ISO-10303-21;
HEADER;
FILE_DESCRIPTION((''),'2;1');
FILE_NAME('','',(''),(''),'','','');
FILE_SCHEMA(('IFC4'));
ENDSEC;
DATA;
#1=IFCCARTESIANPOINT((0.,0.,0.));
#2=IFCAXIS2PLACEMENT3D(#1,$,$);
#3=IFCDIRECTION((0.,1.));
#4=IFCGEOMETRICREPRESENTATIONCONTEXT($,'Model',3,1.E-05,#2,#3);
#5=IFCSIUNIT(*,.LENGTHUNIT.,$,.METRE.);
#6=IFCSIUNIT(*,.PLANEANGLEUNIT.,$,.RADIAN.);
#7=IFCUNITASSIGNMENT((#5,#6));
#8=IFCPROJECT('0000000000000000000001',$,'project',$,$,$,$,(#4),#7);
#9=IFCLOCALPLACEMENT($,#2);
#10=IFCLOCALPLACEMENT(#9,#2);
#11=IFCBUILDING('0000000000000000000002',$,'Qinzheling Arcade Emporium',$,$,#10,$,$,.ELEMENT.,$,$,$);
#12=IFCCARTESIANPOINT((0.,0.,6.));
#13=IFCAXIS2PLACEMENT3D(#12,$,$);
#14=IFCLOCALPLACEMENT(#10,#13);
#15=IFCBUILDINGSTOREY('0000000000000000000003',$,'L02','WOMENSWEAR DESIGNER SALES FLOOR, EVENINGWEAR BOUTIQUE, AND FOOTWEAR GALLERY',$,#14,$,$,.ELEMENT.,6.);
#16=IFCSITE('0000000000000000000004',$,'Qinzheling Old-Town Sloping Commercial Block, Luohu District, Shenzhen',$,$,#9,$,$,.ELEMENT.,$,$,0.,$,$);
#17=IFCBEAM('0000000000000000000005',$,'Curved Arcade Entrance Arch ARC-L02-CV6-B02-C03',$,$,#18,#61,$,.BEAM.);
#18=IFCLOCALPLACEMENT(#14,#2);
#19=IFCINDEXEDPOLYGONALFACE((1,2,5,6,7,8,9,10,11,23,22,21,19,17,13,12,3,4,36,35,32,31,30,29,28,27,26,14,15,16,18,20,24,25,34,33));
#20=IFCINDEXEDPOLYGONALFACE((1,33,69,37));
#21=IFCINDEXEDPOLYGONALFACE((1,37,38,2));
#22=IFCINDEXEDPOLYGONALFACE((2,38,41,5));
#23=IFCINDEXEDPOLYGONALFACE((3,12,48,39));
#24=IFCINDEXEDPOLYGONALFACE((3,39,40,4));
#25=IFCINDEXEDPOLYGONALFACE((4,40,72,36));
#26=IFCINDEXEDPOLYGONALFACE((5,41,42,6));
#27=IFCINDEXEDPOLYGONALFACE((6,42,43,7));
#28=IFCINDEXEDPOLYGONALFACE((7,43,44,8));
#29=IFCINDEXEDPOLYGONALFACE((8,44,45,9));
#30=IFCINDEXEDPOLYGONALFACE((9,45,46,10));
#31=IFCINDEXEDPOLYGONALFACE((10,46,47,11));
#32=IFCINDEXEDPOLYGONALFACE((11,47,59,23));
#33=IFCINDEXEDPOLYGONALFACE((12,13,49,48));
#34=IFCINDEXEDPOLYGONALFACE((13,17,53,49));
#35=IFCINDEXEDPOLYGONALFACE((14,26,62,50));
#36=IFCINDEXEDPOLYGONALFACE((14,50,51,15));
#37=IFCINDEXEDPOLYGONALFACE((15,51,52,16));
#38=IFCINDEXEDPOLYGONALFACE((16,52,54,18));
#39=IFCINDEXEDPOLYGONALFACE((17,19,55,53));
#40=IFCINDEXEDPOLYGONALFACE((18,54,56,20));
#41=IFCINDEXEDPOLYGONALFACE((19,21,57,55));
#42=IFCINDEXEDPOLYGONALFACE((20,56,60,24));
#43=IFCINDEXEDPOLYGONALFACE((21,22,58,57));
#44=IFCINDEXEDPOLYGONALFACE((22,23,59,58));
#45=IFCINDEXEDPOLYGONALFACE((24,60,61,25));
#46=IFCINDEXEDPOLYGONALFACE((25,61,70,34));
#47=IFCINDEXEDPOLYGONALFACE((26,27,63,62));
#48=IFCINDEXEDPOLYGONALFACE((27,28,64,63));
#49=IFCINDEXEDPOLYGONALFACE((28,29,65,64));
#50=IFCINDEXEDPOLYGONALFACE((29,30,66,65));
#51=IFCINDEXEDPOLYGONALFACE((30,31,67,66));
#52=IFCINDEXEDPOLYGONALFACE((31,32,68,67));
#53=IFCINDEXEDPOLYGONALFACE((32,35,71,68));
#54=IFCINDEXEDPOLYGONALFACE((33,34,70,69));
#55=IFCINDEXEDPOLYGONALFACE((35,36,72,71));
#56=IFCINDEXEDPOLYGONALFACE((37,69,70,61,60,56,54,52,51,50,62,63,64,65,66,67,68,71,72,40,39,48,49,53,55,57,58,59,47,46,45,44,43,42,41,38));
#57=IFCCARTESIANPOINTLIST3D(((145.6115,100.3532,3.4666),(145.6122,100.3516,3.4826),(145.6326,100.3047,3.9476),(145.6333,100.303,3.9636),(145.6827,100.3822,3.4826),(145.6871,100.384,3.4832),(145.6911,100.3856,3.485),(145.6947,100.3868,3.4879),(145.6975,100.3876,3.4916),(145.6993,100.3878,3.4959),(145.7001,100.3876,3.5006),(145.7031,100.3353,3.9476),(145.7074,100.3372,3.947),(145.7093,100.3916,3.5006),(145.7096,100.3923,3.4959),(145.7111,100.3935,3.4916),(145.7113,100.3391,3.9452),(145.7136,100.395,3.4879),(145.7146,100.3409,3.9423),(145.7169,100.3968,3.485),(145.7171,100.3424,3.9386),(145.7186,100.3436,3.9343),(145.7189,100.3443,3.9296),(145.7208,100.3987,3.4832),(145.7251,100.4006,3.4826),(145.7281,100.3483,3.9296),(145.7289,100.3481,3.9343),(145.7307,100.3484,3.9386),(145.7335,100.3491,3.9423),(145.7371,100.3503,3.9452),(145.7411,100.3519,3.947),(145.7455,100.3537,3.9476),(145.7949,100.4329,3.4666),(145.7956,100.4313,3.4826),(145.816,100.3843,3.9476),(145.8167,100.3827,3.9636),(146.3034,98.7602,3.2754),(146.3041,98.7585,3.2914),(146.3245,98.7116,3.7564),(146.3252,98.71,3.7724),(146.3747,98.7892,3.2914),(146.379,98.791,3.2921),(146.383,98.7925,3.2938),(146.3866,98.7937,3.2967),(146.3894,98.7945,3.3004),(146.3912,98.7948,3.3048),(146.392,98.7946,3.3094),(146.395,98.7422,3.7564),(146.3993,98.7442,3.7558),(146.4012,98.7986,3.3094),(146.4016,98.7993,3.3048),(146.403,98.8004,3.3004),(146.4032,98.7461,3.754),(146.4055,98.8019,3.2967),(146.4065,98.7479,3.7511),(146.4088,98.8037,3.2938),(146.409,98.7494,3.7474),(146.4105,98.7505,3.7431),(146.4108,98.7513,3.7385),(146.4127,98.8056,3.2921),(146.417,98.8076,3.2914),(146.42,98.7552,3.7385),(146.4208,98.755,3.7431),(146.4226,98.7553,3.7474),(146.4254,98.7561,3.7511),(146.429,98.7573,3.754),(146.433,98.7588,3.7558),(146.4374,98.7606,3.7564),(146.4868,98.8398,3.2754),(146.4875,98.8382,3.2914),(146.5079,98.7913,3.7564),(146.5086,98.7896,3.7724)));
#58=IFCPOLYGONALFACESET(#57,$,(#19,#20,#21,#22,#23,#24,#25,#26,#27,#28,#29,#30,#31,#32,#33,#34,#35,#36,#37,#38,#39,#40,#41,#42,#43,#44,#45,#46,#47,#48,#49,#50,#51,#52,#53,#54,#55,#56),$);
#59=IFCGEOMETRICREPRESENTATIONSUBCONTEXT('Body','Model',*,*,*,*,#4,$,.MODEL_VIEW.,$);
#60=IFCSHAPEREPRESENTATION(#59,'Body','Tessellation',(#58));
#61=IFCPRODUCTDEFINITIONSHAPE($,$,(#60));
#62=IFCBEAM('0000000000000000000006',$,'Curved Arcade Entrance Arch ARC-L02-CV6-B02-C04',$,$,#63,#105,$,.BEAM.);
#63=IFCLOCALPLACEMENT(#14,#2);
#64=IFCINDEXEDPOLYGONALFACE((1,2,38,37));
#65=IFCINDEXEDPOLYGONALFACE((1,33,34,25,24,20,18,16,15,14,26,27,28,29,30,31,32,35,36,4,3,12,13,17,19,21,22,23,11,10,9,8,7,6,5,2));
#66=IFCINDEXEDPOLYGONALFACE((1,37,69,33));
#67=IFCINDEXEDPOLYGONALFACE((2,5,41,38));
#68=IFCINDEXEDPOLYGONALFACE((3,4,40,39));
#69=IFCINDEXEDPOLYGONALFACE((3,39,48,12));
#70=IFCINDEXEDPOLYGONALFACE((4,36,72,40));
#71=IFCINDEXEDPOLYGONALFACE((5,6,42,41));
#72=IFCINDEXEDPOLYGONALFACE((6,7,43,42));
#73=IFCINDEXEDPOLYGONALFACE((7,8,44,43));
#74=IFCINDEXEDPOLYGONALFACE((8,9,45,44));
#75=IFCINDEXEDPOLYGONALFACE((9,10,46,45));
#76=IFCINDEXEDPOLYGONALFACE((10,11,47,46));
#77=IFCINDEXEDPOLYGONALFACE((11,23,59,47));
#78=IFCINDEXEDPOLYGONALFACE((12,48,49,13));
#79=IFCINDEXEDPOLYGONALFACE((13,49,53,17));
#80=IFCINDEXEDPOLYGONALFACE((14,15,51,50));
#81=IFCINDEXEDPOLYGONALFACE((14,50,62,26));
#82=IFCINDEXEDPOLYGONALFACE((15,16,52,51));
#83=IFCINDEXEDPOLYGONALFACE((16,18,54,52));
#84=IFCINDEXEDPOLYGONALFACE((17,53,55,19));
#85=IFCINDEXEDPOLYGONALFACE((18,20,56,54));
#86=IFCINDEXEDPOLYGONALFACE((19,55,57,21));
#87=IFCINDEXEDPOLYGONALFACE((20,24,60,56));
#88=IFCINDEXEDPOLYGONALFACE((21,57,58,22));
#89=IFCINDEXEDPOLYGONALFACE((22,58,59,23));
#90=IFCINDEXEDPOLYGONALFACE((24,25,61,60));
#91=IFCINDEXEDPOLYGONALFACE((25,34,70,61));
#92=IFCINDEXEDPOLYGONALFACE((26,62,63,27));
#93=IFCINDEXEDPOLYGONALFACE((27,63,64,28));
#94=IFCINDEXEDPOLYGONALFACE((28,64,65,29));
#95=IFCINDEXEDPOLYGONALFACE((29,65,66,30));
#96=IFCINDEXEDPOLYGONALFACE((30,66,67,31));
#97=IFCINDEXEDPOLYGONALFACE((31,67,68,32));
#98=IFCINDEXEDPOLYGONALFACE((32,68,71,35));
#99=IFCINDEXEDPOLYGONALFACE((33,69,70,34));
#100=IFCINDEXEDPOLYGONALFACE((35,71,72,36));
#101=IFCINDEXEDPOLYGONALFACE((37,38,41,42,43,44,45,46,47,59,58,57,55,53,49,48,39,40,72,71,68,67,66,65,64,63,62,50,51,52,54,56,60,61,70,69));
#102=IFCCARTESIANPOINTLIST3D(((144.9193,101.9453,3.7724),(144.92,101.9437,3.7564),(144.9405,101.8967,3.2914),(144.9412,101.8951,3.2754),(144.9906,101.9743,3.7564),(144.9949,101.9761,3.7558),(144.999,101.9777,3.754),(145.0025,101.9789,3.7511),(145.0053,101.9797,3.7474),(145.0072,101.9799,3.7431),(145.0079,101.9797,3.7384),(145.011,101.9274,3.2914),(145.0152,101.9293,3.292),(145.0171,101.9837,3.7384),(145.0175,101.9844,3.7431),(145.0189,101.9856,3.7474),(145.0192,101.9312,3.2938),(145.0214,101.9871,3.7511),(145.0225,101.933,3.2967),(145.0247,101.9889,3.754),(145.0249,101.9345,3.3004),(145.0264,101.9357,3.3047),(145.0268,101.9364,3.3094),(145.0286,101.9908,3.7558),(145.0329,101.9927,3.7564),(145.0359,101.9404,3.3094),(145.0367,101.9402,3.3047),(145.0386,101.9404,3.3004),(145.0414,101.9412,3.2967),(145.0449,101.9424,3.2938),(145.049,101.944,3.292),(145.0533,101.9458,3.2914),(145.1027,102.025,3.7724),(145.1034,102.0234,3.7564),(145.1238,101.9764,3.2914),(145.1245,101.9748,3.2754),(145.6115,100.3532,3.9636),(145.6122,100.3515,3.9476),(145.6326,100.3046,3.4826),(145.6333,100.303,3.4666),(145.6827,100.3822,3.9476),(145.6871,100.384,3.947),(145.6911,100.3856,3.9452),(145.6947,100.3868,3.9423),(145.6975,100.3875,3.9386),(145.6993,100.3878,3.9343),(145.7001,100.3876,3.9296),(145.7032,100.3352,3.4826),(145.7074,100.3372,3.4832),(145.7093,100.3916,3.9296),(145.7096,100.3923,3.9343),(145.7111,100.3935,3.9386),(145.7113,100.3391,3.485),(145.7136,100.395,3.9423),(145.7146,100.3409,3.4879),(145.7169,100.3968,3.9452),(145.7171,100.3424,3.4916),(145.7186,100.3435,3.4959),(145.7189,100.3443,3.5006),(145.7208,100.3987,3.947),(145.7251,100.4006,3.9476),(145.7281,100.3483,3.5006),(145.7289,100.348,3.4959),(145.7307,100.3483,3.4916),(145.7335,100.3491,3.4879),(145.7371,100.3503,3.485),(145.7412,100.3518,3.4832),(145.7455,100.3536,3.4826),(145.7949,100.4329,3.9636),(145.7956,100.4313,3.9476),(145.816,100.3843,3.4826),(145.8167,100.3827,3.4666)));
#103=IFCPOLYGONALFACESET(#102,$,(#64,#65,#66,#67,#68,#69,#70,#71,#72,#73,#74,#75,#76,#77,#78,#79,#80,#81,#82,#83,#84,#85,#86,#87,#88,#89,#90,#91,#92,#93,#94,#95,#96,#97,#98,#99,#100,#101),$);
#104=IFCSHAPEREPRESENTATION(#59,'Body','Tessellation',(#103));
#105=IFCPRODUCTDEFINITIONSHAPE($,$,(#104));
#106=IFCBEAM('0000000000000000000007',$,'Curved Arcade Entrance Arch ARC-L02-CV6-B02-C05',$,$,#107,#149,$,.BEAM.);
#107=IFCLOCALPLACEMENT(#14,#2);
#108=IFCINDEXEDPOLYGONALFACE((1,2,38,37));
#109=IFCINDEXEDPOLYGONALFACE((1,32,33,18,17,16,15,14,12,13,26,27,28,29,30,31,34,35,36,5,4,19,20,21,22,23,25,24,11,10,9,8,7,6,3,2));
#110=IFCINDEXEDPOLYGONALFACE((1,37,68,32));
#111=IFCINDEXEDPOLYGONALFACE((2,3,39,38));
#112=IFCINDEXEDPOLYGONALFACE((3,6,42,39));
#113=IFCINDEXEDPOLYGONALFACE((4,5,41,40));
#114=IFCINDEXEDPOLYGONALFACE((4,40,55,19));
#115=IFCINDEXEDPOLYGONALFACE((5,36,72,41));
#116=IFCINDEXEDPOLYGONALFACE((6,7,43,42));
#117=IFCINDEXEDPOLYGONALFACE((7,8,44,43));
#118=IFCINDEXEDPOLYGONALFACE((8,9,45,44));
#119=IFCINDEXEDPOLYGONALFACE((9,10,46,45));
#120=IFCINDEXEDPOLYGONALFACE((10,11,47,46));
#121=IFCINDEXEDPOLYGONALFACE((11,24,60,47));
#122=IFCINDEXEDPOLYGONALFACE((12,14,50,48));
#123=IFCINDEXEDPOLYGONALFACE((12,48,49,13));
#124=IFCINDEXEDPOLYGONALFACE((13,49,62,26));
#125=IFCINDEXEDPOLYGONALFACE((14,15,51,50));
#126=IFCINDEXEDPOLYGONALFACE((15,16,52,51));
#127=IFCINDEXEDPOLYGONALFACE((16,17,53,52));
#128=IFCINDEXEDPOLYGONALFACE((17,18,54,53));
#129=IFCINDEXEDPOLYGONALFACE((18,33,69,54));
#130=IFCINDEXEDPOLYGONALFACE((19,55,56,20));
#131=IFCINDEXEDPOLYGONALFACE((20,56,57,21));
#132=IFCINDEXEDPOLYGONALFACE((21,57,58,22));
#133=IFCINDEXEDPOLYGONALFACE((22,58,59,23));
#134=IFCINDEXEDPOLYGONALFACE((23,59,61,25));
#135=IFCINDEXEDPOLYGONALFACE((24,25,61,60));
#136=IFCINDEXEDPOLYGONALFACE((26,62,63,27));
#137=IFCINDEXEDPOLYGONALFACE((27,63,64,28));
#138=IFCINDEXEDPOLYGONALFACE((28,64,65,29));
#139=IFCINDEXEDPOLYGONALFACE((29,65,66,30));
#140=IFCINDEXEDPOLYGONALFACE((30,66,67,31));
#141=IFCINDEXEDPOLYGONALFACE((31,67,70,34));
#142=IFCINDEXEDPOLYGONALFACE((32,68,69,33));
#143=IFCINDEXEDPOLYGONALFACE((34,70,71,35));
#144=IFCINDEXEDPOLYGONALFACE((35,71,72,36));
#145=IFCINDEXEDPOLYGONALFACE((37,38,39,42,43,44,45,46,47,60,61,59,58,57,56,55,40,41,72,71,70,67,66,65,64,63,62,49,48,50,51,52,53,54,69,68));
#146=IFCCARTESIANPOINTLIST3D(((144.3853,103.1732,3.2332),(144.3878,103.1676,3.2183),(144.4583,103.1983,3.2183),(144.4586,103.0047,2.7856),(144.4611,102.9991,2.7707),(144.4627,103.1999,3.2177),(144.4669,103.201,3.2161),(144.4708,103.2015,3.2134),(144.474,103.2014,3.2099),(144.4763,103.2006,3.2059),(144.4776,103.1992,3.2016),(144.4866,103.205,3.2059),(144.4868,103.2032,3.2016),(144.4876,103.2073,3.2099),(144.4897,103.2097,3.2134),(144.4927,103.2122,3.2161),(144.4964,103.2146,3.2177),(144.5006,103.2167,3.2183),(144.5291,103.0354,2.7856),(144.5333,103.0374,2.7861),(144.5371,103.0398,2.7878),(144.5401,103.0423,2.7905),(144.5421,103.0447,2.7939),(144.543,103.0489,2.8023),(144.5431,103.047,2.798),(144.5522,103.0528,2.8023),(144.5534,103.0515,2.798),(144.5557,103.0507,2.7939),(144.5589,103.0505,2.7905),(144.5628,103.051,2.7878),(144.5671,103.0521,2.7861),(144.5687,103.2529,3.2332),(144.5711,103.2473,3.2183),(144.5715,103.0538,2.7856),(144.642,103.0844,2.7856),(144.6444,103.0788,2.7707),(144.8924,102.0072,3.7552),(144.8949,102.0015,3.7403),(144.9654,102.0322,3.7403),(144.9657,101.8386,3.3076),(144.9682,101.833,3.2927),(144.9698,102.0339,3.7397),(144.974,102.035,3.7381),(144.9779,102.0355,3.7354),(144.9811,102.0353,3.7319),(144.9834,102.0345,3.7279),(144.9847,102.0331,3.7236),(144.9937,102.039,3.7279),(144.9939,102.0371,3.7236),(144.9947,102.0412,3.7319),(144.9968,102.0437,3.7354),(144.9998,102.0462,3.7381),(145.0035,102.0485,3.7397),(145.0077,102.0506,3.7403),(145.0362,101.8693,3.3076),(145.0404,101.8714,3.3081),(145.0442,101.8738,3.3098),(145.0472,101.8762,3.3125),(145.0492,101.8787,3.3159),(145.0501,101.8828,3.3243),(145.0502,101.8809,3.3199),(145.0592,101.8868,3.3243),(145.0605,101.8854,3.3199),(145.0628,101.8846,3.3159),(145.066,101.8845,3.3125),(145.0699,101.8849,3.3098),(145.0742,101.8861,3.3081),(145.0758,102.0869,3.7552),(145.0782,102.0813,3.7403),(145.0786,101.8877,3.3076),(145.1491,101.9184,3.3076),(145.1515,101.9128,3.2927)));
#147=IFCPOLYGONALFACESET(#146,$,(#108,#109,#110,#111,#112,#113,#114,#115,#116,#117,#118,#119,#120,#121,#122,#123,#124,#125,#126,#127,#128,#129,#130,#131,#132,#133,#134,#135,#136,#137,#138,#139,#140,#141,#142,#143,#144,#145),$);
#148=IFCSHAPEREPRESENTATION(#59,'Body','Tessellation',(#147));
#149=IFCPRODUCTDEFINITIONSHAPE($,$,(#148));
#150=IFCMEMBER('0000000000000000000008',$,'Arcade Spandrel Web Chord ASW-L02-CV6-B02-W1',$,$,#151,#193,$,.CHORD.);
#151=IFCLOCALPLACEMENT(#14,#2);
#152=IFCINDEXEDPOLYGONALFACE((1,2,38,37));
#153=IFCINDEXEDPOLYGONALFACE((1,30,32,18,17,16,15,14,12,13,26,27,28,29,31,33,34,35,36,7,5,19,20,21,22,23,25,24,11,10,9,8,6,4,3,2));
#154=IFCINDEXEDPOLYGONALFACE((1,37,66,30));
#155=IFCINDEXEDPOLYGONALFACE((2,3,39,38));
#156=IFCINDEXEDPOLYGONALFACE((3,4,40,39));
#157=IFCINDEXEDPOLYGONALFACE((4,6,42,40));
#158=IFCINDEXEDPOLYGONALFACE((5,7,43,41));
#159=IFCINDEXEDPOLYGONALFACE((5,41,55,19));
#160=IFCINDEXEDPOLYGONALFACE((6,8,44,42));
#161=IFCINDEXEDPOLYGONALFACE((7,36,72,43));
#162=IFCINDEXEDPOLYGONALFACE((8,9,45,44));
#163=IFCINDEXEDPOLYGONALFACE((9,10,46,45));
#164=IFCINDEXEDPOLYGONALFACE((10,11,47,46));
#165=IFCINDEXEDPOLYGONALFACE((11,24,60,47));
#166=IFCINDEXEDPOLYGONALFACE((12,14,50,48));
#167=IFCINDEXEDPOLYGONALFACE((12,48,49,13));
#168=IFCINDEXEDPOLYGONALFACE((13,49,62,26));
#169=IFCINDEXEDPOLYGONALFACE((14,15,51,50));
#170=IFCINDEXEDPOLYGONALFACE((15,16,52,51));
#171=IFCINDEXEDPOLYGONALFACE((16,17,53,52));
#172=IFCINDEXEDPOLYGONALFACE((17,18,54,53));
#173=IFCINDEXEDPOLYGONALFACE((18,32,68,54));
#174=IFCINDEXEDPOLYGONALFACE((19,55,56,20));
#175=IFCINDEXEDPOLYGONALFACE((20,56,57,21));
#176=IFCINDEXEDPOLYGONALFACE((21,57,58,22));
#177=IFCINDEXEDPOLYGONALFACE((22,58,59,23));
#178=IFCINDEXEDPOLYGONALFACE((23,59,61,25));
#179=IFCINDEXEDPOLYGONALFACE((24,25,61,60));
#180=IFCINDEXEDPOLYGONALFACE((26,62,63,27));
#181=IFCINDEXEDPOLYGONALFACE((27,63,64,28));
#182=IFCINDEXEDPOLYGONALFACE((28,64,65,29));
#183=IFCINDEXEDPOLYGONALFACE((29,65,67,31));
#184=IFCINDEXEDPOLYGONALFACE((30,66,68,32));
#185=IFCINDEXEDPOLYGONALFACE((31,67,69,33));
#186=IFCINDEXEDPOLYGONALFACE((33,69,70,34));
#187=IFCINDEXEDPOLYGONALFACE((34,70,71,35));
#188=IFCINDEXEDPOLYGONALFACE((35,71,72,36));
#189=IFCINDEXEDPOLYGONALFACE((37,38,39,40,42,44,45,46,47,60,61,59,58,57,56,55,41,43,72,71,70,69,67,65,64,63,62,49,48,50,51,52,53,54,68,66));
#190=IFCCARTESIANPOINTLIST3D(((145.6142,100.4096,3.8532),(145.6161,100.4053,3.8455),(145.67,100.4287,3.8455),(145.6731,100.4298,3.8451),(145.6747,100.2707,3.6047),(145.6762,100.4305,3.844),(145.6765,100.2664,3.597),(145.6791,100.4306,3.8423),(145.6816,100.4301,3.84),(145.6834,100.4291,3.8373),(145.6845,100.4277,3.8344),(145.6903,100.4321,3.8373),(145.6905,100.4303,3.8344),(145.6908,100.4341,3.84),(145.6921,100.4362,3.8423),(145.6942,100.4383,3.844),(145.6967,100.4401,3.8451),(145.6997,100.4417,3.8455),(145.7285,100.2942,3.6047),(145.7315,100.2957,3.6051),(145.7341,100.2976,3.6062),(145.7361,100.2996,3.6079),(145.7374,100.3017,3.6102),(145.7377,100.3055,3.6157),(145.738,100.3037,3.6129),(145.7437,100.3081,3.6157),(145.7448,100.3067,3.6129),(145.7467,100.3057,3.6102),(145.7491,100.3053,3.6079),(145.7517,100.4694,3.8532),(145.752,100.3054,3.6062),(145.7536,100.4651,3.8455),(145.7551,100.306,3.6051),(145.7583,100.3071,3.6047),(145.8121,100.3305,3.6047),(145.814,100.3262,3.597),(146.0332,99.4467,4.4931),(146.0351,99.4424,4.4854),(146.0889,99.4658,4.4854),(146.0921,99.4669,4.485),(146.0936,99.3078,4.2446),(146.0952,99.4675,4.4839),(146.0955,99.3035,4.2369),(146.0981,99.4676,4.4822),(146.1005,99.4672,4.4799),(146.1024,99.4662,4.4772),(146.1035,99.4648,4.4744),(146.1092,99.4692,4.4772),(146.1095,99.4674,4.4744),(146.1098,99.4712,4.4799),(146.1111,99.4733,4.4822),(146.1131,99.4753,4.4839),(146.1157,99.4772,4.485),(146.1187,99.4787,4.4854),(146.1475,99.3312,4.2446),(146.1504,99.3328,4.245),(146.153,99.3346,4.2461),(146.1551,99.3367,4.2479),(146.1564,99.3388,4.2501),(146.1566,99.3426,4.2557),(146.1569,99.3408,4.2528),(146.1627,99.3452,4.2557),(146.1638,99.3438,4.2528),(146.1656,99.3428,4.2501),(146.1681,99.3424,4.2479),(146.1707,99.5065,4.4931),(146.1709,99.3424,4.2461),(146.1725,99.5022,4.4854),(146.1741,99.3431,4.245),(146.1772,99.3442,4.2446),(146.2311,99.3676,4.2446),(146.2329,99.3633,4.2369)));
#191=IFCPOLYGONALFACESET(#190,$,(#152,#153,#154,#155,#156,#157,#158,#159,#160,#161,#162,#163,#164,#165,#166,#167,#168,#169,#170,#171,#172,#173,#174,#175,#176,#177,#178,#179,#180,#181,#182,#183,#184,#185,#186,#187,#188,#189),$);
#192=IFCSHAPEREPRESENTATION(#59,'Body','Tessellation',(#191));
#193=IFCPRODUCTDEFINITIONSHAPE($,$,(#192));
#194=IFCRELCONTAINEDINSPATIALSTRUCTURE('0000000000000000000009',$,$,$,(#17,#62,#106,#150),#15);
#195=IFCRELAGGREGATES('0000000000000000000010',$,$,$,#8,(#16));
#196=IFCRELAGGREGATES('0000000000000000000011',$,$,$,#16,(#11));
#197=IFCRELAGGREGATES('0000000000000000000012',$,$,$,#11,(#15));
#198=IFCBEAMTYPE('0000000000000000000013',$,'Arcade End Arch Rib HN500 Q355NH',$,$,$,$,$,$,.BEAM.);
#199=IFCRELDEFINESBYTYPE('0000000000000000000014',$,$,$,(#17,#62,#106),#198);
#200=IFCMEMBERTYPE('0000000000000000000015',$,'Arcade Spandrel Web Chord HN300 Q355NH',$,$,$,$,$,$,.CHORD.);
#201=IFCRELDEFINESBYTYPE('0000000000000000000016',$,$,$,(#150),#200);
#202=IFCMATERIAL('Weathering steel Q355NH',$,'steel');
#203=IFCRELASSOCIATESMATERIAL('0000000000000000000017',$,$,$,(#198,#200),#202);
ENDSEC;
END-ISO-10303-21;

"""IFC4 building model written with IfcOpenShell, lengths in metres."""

from ifc_helpers import new_model, si_unit, direction, frame, origin, origin_2d, place, context, subcontext, project, spatial, i_section, extrude, material, material_profile, profile_set, type_object, element, save


model = new_model("IFC4")

# Units and contexts
model_context = context("Model", 3, precision=1e-05, world=origin(), true_north=direction((0.0, 1.0)))
body_context = subcontext(model_context, "Body", "Model", "MODEL_VIEW")
ifc_project = project(units=[si_unit("LENGTHUNIT", "METRE"), si_unit("PLANEANGLEUNIT", "RADIAN")], contexts=[model_context])

# Site, building, storey
site_placement = place(None, origin())
site = spatial("IfcSite", under=ifc_project, at=site_placement, Name="Qinzheling Old-Town Sloping Commercial Block, Luohu District, Shenzhen", CompositionType="ELEMENT", RefElevation=0.0)
building_placement = place(site_placement, origin())
building = spatial("IfcBuilding", under=site, at=building_placement, Name="Qinzheling Arcade Emporium", CompositionType="ELEMENT")
storey_placement = place(building_placement, frame((0.0, 0.0, 6.0)))
storey = spatial("IfcBuildingStorey", under=building, at=storey_placement, Name="L02", Description="WOMENSWEAR DESIGNER SALES FLOOR, EVENINGWEAR BOUTIQUE, AND FOOTWEAR GALLERY", CompositionType="ELEMENT", Elevation=6.0)

# Beams
ifc_material_1 = material(Name="Weathering steel Q355NH", Category="steel")
ifc_material_profile_1 = material_profile(ifc_material_1, i_section(OverallWidth=0.2, OverallDepth=0.5, WebThickness=0.01, FlangeThickness=0.0161, FilletRadius=0.0181, at=origin_2d()), Name="HN 500x200x10x16", Category="steel")
ifc_profile_set_1 = profile_set([ifc_material_profile_1], Name="Weathering steel Q355NH")
beam_type_1 = type_object("IfcBeamType", Name="Arcade End Arch Rib HN500 Q355NH", PredefinedType="BEAM", material=ifc_profile_set_1)
beam_1_placement = place(storey_placement, frame((146.406, 98.7749, 3.5239), z_axis=(-0.395985, 0.911716, 0.109406), x_axis=(-0.917222, -0.398377, 0.0)))
element("IfcBeam", 1, at=beam_1_placement, inside=storey, type_object=beam_type_1, Name="Curved Arcade Entrance Arch ARC-L02-CV6-B02-C03", PredefinedType="BEAM", context=body_context, shape_type="SweptSolid", body=[
    extrude(i_section(OverallWidth=0.2, OverallDepth=0.5, WebThickness=0.01, FlangeThickness=0.0161, FilletRadius=0.0181, at=origin_2d()), origin(), (0.0, 0.0, 1.0), 1.7473),
])
beam_2_placement = place(storey_placement, frame((145.7141, 100.3679, 3.7151), z_axis=(-0.396305, 0.911571, -0.109456), x_axis=(-0.917081, -0.3987, 0.0)))
element("IfcBeam", 2, at=beam_2_placement, inside=storey, type_object=beam_type_1, Name="Curved Arcade Entrance Arch ARC-L02-CV6-B02-C04", PredefinedType="BEAM", context=body_context, shape_type="SweptSolid", body=[
    extrude(i_section(OverallWidth=0.2, OverallDepth=0.5, WebThickness=0.01, FlangeThickness=0.0161, FilletRadius=0.0181, at=origin_2d()), origin(), (0.0, 0.0, 1.0), 1.7466),
])
beam_3_placement = place(storey_placement, frame((145.022, 101.96, 3.5239), z_axis=(-0.368927, 0.848336, -0.379762), x_axis=(-0.917036, -0.398803, 0.0)))
element("IfcBeam", 3, at=beam_3_placement, inside=storey, type_object=beam_type_1, Name="Curved Arcade Entrance Arch ARC-L02-CV6-B02-C05", PredefinedType="BEAM", context=body_context, shape_type="SweptSolid", body=[
    extrude(i_section(OverallWidth=0.2, OverallDepth=0.5, WebThickness=0.01, FlangeThickness=0.0161, FilletRadius=0.0181, at=origin_2d()), origin(), (0.0, 0.0, 1.0), 1.3745),
])

# Member
ifc_material_profile_2 = material_profile(ifc_material_1, i_section(OverallWidth=0.1499, OverallDepth=0.3, WebThickness=0.0066, FlangeThickness=0.009, FilletRadius=0.0129, at=origin_2d()), Name="HN 300x150x6.5x9", Category="steel")
ifc_profile_set_2 = profile_set([ifc_material_profile_2], Name="Weathering steel Q355NH")
member_type_1 = type_object("IfcMemberType", Name="Arcade Spandrel Web Chord HN300 Q355NH", PredefinedType="CHORD", material=ifc_profile_set_2)
member_1_placement = place(storey_placement, frame((145.7141, 100.3679, 3.7251), z_axis=(0.340692, -0.783036, 0.520369), x_axis=(0.916967, 0.398964, 0.0)))
element("IfcMember", 4, at=member_1_placement, inside=storey, type_object=member_type_1, Name="Arcade Spandrel Web Chord ASW-L02-CV6-B02-W1", PredefinedType="CHORD", context=body_context, shape_type="SweptSolid", body=[
    extrude(i_section(OverallWidth=0.1499, OverallDepth=0.3, WebThickness=0.0066, FlangeThickness=0.009, FilletRadius=0.0129, at=origin_2d()), origin(), (0.0, 0.0, 1.0), 1.2297),
])

save(model, "model.ifc")
